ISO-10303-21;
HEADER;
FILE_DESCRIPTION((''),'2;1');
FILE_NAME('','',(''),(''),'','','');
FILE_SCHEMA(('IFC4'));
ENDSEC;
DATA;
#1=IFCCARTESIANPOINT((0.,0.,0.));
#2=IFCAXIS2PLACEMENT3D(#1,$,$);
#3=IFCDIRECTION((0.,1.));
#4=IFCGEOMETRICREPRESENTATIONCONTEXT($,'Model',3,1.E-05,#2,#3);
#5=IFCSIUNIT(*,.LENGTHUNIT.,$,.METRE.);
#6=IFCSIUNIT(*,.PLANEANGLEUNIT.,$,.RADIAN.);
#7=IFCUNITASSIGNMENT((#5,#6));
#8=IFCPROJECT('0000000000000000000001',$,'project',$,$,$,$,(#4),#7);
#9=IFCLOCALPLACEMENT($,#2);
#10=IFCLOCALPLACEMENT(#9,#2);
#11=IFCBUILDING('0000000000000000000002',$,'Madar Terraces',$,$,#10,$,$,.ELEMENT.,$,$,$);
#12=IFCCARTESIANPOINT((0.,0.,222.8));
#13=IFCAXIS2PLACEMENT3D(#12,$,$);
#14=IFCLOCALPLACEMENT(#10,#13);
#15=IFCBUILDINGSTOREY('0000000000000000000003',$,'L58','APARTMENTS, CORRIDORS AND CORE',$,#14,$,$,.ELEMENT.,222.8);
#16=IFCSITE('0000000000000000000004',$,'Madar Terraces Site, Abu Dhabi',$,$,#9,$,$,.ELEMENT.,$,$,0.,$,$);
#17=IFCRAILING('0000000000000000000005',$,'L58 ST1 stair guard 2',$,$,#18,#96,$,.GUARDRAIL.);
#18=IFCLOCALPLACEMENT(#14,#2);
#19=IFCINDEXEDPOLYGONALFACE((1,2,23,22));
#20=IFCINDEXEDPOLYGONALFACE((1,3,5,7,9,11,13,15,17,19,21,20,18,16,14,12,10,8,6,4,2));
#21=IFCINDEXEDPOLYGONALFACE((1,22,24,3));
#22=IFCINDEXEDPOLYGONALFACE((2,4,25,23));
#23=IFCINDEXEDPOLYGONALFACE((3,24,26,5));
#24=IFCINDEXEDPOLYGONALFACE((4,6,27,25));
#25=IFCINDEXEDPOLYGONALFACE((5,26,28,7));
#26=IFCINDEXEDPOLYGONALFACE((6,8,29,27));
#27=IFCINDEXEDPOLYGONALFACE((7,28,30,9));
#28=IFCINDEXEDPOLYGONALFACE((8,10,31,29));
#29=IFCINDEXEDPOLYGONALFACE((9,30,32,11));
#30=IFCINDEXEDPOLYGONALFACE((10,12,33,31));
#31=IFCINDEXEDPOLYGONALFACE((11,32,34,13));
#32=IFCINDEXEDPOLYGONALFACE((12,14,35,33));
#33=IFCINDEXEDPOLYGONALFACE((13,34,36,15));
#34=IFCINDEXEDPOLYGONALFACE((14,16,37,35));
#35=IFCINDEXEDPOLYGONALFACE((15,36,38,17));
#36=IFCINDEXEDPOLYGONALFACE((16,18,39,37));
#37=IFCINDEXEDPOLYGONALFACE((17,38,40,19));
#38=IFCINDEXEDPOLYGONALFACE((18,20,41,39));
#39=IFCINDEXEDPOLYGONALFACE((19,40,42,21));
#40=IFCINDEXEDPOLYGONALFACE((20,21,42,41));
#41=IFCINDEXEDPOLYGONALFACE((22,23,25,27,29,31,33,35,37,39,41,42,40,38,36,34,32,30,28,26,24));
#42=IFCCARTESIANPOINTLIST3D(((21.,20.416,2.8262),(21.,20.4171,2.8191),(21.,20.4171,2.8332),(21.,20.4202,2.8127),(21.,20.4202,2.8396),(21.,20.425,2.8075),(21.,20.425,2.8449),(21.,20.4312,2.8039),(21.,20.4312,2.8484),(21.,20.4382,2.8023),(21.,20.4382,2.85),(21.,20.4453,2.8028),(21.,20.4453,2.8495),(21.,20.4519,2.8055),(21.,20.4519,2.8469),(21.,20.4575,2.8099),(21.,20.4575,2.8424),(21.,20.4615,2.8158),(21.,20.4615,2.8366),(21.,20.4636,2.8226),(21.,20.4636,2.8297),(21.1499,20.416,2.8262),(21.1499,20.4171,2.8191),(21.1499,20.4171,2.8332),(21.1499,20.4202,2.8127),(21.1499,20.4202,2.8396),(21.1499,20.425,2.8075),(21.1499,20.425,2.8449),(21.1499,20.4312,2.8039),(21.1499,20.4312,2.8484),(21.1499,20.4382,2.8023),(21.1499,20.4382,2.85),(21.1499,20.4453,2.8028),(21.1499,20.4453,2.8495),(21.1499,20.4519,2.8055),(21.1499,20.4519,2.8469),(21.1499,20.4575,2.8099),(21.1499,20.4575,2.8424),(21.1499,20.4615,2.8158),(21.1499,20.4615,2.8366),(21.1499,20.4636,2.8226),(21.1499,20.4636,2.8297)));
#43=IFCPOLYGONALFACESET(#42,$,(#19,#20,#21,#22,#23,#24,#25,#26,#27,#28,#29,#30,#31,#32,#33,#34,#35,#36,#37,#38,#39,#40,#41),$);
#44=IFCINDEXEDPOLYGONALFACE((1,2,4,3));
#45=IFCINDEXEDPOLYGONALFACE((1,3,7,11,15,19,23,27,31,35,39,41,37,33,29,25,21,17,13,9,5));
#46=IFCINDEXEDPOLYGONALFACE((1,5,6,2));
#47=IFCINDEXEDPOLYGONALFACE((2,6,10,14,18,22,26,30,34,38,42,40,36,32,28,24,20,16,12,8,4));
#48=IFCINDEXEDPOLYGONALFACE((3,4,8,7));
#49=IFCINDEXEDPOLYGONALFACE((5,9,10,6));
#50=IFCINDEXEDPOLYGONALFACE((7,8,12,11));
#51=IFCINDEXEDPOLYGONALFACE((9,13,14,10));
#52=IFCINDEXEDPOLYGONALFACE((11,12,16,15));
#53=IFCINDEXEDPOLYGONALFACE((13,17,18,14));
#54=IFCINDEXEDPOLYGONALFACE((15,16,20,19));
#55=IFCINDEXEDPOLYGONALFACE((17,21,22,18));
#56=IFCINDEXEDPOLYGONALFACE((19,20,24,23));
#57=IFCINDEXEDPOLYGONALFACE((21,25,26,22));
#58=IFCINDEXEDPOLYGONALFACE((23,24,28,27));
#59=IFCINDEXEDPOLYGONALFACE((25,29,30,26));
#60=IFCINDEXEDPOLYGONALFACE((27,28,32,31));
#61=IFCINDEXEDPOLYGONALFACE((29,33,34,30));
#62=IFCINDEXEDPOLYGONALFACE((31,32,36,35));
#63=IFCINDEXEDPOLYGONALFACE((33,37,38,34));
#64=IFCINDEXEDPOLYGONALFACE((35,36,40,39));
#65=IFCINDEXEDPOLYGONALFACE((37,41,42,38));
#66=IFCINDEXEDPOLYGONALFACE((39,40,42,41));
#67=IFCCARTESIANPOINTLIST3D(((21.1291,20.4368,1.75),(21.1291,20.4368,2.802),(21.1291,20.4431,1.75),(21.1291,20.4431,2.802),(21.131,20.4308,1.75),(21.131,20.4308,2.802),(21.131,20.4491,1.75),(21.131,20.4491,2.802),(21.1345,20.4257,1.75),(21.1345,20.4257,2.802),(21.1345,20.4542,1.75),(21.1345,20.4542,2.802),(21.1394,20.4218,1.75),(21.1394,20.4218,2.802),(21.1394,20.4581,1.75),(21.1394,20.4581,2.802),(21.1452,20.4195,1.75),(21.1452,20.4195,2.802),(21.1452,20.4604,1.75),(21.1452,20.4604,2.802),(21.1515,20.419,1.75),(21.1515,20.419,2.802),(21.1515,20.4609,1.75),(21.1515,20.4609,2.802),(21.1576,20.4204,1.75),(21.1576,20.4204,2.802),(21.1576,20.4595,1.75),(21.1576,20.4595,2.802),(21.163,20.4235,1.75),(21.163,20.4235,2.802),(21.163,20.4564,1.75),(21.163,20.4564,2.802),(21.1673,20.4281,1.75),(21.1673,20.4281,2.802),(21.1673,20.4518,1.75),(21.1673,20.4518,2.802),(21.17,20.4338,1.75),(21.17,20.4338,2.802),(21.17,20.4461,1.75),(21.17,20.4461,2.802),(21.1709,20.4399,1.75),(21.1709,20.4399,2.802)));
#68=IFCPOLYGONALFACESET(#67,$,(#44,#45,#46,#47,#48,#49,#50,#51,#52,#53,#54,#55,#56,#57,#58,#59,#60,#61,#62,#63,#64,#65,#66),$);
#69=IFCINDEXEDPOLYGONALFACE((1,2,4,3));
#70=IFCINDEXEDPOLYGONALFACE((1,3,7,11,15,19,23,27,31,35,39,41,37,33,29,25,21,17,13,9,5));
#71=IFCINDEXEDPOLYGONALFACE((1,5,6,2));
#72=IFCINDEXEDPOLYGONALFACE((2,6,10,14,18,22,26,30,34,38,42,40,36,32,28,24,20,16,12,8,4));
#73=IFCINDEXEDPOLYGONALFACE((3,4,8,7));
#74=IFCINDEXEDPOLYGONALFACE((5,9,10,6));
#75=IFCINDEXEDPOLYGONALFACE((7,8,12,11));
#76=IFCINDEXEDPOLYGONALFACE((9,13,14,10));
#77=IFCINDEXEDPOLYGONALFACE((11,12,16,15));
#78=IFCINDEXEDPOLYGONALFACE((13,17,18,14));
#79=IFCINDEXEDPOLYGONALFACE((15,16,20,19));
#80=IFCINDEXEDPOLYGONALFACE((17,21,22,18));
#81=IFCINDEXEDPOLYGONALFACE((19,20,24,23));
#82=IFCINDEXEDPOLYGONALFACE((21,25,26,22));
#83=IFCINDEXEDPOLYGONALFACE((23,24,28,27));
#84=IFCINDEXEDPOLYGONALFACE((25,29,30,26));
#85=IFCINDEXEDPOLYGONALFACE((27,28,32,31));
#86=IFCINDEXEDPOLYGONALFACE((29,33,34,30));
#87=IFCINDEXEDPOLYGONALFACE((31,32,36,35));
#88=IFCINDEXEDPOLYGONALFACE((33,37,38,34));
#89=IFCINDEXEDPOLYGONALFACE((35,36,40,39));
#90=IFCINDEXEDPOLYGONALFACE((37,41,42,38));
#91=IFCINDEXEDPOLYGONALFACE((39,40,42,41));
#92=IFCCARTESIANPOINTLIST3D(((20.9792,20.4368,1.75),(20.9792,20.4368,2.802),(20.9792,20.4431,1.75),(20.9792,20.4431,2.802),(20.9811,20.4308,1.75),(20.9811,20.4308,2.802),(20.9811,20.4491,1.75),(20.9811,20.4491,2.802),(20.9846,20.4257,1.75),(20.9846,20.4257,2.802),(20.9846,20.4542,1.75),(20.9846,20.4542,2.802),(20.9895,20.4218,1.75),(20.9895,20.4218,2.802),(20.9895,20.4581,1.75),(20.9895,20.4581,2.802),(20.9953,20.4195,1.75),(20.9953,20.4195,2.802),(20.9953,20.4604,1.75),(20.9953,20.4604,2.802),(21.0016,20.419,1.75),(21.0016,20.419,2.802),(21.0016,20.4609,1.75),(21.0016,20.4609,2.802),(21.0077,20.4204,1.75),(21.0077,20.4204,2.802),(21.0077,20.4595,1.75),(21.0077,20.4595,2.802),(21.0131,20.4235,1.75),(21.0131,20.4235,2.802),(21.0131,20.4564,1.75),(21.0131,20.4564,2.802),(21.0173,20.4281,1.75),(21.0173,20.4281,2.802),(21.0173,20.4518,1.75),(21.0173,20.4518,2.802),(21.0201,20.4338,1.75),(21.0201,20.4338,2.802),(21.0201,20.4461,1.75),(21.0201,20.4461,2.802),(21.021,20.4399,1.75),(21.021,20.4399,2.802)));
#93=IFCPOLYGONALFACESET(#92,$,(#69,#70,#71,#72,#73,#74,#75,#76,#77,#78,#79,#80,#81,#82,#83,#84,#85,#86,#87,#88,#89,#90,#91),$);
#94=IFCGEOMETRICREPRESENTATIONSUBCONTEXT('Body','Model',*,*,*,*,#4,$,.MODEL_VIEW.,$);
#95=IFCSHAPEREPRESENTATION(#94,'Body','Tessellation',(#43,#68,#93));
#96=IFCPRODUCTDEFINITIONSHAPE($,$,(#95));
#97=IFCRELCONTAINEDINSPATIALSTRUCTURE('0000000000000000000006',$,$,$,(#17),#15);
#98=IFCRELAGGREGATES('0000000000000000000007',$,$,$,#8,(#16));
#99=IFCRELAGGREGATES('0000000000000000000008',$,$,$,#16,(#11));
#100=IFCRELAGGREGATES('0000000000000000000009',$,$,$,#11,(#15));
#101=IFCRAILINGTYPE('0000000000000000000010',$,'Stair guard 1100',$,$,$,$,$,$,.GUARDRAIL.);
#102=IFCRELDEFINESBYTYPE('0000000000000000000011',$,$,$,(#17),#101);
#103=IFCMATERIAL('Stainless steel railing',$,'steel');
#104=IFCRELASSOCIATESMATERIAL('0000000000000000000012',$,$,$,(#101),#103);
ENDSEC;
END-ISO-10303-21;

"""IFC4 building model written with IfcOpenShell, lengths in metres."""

from ifc_helpers import new_model, si_unit, direction, frame, origin, origin_2d, place, context, subcontext, project, spatial, circle, extrude, material, type_object, element, save


model = new_model("IFC4")

# Units and contexts
model_context = context("Model", 3, precision=1e-05, world=origin(), true_north=direction((0.0, 1.0)))
body_context = subcontext(model_context, "Body", "Model", "MODEL_VIEW")
ifc_project = project(units=[si_unit("LENGTHUNIT", "METRE"), si_unit("PLANEANGLEUNIT", "RADIAN")], contexts=[model_context])

# Site, building, storey
site_placement = place(None, origin())
site = spatial("IfcSite", under=ifc_project, at=site_placement, Name="Madar Terraces Site, Abu Dhabi", CompositionType="ELEMENT", RefElevation=0.0)
building_placement = place(site_placement, origin())
building = spatial("IfcBuilding", under=site, at=building_placement, Name="Madar Terraces", CompositionType="ELEMENT")
storey_placement = place(building_placement, frame((0.0, 0.0, 222.8)))
storey = spatial("IfcBuildingStorey", under=building, at=storey_placement, Name="L58", Description="APARTMENTS, CORRIDORS AND CORE", CompositionType="ELEMENT", Elevation=222.8)

# Railing
ifc_material_1 = material(Name="Stainless steel railing", Category="steel")
railing_type_1 = type_object("IfcRailingType", Name="Stair guard 1100", PredefinedType="GUARDRAIL", material=ifc_material_1)
railing_1_placement = place(storey_placement, frame((21.1499, 20.4399, 1.75)))
element("IfcRailing", 1, at=railing_1_placement, inside=storey, type_object=railing_type_1, Name="L58 ST1 stair guard 2", PredefinedType="GUARDRAIL", context=body_context, shape_type="SweptSolid", body=[
    extrude(circle(Radius=0.0239, at=origin_2d()), frame((0.0, 0.0, 1.0762), z_axis=(-1.0, 0.0, 0.0), x_axis=(0.0, -1.0, 0.0)), (0.0, 0.0, 1.0), 0.1499),
    extrude(circle(Radius=0.021, at=origin_2d()), origin(), (0.0, 0.0, 1.0), 1.052),
    extrude(circle(Radius=0.021, at=origin_2d()), frame((-0.1499, 0.0, 0.0)), (0.0, 0.0, 1.0), 1.052),
])

save(model, "model.ifc")
